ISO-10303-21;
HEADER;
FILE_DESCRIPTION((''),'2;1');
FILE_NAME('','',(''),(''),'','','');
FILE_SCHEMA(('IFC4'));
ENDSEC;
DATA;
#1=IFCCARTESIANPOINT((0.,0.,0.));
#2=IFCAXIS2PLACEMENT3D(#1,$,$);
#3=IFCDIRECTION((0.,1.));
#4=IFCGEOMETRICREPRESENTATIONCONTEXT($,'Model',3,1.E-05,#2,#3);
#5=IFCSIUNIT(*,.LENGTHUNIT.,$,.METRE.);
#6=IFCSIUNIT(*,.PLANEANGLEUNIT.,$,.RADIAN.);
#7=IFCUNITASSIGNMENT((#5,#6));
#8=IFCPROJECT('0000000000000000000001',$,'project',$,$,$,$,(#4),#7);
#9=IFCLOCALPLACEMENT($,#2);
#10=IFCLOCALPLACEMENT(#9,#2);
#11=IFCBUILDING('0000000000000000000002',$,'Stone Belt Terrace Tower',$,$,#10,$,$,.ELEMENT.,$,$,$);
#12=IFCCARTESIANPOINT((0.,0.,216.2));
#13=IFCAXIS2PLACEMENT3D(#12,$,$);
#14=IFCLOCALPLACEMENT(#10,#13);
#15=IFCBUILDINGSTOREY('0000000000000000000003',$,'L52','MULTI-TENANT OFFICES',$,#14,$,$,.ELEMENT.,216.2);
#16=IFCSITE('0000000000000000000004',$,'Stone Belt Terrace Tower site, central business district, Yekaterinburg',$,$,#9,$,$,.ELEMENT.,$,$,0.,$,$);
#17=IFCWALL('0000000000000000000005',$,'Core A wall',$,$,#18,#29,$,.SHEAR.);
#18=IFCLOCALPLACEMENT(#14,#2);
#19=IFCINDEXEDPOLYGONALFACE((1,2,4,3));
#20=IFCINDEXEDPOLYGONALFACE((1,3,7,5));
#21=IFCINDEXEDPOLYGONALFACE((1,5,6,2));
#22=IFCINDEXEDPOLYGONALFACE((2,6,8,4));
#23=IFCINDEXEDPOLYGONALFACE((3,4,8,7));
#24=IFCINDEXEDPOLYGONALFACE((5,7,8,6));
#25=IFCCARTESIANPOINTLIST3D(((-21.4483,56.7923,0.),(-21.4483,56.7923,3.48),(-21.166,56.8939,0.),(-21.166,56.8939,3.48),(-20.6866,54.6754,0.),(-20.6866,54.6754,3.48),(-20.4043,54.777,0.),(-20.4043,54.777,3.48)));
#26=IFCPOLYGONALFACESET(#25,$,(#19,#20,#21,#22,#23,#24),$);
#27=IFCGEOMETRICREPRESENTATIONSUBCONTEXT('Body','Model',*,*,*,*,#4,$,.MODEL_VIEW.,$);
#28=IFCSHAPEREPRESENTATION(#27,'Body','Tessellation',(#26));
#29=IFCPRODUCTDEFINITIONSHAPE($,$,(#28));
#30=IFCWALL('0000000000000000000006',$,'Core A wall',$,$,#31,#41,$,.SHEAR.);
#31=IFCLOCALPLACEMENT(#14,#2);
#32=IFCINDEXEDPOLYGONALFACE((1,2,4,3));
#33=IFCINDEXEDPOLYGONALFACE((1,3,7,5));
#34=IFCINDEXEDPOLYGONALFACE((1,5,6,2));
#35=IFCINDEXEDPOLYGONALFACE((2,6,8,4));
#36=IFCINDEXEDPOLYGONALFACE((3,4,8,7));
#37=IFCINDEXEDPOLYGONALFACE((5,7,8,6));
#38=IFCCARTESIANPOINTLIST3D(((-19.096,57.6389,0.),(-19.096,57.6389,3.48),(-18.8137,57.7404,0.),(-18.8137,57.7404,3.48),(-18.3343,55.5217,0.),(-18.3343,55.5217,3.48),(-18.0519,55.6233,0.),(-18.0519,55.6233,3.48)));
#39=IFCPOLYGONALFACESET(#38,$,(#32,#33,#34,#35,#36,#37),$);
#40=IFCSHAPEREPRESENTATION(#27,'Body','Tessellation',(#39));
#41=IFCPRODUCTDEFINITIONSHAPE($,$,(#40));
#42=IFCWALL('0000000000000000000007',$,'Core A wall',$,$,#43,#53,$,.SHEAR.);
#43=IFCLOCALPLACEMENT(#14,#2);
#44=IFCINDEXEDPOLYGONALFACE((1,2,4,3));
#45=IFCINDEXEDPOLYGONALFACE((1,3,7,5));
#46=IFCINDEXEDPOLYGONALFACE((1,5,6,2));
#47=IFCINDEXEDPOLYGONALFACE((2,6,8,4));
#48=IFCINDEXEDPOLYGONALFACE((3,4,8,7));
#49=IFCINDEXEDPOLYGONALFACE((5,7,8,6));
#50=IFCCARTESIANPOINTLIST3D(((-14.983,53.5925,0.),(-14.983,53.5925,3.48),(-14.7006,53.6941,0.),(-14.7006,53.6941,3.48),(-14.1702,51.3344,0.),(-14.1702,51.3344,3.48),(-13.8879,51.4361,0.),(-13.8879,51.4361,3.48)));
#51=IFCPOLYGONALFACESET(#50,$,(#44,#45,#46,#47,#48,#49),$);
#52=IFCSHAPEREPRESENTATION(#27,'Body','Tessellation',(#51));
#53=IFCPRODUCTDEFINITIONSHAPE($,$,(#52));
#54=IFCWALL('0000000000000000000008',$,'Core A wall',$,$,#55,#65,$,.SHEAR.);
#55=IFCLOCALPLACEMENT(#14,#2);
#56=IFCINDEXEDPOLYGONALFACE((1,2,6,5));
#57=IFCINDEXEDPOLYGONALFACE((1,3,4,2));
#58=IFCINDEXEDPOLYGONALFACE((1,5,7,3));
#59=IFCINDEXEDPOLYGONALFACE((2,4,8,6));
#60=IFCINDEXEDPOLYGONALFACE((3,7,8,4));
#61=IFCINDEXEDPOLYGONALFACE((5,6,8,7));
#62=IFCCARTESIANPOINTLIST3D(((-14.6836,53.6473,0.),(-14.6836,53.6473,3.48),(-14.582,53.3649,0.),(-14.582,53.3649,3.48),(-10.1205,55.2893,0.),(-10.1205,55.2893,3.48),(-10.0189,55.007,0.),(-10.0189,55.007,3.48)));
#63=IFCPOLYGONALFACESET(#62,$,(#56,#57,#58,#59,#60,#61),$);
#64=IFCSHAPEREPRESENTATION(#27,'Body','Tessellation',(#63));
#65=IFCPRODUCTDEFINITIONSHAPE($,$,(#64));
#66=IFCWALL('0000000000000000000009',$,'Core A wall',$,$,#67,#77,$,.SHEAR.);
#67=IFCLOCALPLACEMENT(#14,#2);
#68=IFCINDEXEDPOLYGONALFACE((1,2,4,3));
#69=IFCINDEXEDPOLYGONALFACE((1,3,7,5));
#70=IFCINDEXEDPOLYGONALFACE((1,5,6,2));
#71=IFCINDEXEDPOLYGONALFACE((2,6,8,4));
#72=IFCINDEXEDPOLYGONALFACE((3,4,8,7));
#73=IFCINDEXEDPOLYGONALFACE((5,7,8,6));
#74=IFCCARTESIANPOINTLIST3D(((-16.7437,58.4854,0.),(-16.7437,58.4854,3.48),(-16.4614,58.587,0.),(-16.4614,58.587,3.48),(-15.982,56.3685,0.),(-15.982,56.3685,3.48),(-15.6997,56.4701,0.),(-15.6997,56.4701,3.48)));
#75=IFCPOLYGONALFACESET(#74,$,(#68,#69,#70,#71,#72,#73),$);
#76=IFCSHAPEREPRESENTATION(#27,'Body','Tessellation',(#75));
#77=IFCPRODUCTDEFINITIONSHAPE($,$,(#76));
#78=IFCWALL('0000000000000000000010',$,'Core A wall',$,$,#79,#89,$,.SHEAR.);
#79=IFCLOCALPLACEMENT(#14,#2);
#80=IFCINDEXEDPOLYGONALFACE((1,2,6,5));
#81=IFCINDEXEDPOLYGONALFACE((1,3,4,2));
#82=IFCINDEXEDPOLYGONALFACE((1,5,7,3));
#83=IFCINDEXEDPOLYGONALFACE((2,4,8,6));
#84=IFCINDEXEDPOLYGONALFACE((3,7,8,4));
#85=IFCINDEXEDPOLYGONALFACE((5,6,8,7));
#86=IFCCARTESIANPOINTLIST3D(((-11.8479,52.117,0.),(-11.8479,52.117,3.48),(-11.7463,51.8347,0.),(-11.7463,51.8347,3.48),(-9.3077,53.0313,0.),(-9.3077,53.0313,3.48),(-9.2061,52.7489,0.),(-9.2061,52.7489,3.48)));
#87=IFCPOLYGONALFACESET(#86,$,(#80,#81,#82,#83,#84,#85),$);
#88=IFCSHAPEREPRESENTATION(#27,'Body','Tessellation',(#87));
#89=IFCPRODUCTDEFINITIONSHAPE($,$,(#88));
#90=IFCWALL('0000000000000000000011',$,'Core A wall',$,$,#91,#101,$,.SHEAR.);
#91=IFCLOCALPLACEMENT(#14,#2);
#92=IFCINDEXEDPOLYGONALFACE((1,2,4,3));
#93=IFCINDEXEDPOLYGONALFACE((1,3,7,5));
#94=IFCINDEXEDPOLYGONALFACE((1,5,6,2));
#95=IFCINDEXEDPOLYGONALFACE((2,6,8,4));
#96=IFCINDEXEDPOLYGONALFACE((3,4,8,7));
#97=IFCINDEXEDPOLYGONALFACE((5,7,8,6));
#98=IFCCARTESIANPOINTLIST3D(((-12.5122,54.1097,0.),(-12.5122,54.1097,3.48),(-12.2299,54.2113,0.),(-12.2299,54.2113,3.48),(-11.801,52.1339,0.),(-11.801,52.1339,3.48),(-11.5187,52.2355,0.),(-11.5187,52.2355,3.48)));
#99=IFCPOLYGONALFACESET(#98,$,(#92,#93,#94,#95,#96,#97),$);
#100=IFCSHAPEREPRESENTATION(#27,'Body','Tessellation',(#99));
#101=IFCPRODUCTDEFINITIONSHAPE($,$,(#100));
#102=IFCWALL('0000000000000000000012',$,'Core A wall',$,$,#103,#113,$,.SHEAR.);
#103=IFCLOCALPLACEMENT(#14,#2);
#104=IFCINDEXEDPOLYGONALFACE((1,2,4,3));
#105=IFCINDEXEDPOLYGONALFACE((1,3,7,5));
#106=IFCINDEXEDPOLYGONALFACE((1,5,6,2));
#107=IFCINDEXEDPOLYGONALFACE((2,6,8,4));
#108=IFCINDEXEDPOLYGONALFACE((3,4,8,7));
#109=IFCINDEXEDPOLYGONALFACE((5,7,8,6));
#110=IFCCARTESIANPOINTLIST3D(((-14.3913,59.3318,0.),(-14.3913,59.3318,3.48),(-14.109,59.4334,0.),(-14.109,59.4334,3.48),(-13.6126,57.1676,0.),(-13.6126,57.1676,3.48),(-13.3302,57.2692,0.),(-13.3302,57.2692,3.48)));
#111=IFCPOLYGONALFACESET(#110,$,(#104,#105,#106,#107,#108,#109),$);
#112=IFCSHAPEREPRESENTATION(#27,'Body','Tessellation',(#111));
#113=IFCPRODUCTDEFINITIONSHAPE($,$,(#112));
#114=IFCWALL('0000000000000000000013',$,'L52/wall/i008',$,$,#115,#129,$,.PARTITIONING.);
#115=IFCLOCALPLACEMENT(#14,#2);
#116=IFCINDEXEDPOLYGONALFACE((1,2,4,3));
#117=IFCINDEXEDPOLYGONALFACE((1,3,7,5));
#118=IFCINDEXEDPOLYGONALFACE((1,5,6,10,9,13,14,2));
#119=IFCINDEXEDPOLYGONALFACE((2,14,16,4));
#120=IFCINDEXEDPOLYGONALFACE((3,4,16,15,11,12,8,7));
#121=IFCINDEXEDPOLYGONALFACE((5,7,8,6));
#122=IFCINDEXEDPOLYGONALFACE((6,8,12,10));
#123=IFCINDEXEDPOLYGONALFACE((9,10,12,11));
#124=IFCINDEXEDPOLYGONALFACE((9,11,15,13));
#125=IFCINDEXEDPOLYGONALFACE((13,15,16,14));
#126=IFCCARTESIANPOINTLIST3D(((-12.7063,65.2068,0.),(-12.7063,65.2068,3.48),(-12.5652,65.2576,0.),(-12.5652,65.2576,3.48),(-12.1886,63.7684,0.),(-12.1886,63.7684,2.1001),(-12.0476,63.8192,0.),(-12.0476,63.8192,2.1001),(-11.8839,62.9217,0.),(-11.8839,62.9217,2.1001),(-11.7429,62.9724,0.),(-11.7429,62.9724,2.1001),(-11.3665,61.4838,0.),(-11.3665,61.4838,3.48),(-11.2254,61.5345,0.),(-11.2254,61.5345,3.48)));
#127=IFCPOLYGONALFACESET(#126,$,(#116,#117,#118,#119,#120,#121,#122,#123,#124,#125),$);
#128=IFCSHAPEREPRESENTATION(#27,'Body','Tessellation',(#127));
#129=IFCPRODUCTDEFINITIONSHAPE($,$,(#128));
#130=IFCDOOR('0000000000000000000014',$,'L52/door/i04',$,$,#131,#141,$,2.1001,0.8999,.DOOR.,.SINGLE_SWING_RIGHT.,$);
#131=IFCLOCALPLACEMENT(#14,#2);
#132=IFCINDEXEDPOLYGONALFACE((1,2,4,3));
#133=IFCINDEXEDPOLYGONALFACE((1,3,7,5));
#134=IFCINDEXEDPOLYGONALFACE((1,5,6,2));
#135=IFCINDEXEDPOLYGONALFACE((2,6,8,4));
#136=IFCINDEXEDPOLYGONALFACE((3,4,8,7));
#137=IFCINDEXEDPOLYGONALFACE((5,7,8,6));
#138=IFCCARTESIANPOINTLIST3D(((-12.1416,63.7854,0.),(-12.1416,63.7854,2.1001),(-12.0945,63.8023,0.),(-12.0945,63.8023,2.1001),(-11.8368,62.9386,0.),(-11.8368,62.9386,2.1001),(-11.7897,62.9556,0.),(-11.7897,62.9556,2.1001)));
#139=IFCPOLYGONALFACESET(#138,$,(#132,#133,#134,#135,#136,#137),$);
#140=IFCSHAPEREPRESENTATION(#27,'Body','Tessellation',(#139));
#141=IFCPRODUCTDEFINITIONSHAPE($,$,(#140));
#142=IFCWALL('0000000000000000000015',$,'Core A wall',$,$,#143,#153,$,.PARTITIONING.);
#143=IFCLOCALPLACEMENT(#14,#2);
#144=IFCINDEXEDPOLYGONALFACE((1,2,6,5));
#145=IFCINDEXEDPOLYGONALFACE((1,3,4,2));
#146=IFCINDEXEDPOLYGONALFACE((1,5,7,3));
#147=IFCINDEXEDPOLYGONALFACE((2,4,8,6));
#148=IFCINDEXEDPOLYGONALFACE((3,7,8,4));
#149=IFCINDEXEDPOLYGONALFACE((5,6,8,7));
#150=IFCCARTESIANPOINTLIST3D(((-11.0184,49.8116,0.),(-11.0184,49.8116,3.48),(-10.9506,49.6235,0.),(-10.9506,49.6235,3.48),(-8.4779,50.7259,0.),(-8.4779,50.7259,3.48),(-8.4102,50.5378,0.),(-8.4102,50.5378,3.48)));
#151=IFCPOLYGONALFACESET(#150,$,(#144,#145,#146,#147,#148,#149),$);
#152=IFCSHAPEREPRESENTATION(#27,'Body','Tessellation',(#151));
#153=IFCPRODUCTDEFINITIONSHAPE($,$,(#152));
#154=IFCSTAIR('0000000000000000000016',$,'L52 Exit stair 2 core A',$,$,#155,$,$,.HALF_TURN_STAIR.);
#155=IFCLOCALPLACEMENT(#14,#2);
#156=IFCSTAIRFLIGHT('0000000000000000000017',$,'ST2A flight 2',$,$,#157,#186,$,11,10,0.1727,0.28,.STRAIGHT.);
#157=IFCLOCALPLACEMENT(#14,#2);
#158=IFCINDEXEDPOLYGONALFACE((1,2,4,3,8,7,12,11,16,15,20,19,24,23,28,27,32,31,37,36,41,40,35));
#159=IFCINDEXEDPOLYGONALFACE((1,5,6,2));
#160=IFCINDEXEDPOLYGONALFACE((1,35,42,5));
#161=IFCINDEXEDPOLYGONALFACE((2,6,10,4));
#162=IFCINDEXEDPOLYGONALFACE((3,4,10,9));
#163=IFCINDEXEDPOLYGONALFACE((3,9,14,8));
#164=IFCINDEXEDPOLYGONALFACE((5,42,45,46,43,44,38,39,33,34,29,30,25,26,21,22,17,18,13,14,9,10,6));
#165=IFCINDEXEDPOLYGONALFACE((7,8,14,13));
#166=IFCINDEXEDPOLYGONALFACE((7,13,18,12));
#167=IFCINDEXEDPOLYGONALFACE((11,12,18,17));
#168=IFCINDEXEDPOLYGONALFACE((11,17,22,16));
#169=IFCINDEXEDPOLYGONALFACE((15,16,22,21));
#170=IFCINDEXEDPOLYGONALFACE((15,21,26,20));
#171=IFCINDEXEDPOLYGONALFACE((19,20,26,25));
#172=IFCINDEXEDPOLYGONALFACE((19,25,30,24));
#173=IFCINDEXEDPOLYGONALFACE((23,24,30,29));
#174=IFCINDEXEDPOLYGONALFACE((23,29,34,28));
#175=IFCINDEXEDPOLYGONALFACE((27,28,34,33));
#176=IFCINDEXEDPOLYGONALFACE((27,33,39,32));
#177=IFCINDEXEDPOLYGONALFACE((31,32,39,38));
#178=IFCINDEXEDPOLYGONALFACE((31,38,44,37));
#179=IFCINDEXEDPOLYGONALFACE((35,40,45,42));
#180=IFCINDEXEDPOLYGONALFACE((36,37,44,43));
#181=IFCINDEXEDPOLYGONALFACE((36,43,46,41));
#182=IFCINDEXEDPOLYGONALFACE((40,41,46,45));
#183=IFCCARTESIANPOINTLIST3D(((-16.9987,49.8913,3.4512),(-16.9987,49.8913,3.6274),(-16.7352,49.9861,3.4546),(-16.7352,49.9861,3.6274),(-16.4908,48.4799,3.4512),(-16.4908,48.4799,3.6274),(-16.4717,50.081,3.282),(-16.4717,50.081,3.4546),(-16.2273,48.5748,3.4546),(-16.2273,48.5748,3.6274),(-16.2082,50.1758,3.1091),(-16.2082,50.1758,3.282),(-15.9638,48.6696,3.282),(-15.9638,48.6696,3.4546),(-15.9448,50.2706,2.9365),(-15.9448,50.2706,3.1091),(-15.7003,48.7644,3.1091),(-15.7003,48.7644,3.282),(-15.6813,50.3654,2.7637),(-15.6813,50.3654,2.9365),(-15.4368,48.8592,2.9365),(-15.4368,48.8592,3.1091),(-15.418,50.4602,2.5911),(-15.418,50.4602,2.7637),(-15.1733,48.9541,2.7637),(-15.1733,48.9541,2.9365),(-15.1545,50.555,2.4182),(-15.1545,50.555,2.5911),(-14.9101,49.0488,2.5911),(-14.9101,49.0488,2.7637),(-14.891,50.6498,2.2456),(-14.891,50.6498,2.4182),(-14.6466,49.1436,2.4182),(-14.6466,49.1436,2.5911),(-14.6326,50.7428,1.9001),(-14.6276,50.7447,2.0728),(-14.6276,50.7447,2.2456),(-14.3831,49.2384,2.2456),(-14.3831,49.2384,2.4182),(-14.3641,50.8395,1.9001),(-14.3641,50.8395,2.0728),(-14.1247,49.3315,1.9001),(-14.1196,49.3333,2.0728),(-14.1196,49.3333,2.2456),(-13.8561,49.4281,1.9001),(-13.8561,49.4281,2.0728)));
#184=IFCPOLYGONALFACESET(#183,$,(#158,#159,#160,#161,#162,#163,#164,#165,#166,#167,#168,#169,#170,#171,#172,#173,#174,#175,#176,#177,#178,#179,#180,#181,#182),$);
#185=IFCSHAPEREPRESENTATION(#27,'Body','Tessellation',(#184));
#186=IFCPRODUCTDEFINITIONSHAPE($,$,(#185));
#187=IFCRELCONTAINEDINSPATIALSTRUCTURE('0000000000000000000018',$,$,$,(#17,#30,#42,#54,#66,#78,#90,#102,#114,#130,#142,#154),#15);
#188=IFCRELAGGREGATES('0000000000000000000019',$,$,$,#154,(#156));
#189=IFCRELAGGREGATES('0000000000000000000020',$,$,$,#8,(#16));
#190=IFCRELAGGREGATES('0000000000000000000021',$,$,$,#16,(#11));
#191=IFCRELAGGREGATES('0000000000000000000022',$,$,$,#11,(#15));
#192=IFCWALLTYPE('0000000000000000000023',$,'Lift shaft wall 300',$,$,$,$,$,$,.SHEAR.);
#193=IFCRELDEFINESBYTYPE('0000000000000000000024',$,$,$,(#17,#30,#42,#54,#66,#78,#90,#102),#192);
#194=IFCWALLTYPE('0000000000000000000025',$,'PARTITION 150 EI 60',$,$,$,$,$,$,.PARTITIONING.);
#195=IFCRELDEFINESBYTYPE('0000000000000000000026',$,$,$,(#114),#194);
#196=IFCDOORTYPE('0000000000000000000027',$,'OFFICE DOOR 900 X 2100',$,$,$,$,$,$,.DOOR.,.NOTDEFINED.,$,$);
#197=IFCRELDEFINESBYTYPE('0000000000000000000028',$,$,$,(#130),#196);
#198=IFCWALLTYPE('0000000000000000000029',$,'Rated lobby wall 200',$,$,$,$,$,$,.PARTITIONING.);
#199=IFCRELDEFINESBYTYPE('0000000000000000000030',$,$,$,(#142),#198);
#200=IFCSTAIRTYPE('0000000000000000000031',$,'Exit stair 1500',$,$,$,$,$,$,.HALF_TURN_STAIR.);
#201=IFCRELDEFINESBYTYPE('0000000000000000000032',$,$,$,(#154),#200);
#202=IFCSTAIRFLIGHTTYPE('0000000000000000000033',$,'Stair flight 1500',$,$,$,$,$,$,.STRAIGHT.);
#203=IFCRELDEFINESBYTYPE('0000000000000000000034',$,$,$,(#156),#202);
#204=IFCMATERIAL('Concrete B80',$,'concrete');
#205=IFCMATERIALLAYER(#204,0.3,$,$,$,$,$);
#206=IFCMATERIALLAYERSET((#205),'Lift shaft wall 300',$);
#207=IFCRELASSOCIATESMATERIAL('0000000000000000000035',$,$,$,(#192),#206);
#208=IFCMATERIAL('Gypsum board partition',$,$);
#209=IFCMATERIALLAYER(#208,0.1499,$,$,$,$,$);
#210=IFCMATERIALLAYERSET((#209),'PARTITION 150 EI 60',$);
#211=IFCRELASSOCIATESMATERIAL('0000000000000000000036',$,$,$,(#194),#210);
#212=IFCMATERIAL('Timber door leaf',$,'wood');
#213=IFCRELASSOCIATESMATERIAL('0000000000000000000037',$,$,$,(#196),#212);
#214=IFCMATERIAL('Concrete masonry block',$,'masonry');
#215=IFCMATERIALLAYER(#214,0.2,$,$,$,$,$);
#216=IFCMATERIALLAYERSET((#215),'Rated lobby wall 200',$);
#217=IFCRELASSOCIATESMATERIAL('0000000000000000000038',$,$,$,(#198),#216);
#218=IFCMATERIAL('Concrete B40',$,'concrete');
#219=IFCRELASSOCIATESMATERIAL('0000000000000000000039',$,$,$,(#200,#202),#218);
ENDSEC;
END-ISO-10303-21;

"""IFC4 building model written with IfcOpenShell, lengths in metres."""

from ifc_helpers import new_model, si_unit, direction, frame, frame_2d, origin, place, context, subcontext, project, spatial, polyline, rectangle, outline, extrude, material, layer, layer_set, type_object, element, fill, aggregate, save


model = new_model("IFC4")

# Units and contexts
model_context = context("Model", 3, precision=1e-05, world=origin(), true_north=direction((0.0, 1.0)))
body_context = subcontext(model_context, "Body", "Model", "MODEL_VIEW")
ifc_project = project(units=[si_unit("LENGTHUNIT", "METRE"), si_unit("PLANEANGLEUNIT", "RADIAN")], contexts=[model_context])

# Site, building, storey
site_placement = place(None, origin())
site = spatial("IfcSite", under=ifc_project, at=site_placement, Name="Stone Belt Terrace Tower site, central business district, Yekaterinburg", CompositionType="ELEMENT", RefElevation=0.0)
building_placement = place(site_placement, origin())
building = spatial("IfcBuilding", under=site, at=building_placement, Name="Stone Belt Terrace Tower", CompositionType="ELEMENT")
storey_placement = place(building_placement, frame((0.0, 0.0, 216.2)))
storey = spatial("IfcBuildingStorey", under=building, at=storey_placement, Name="L52", Description="MULTI-TENANT OFFICES", CompositionType="ELEMENT", Elevation=216.2)

# Shared definitions
ifc_material_1 = material(Name="Timber door leaf", Category="wood")

# Walls
ifc_material_2 = material(Name="Concrete B80", Category="concrete")
ifc_layer_1 = layer(ifc_material_2, 0.3)
ifc_layer_set_1 = layer_set([ifc_layer_1], Name="Lift shaft wall 300")
wall_type_1 = type_object("IfcWallType", Name="Lift shaft wall 300", PredefinedType="SHEAR", material=ifc_layer_set_1)
wall_1_placement = place(storey_placement, frame((-20.5454, 54.7261, 0.0), z_axis=(0.0, 0.0, 1.0), x_axis=(-0.33857, 0.940941, 0.0)))
element("IfcWall", 1, at=wall_1_placement, inside=storey, type_object=wall_type_1, Name="Core A wall", PredefinedType="SHEAR", context=body_context, shape_type="SweptSolid", body=[
    extrude(rectangle(XDim=2.2498, YDim=0.3, at=frame_2d((1.125, 0.0))), origin(), (0.0, 0.0, 1.0), 3.48),
])
wall_2_placement = place(storey_placement, frame((-18.1931, 55.5725, 0.0), z_axis=(0.0, 0.0, 1.0), x_axis=(-0.338535, 0.940954, 0.0)))
element("IfcWall", 2, at=wall_2_placement, inside=storey, type_object=wall_type_1, Name="Core A wall", PredefinedType="SHEAR", context=body_context, shape_type="SweptSolid", body=[
    extrude(rectangle(XDim=2.25, YDim=0.3, at=frame_2d((1.125, 0.0))), origin(), (0.0, 0.0, 1.0), 3.48),
])
wall_3_placement = place(storey_placement, frame((-14.0291, 51.3853, 0.0), z_axis=(0.0, 0.0, 1.0), x_axis=(-0.338662, 0.940908, 0.0)))
element("IfcWall", 3, at=wall_3_placement, inside=storey, type_object=wall_type_1, Name="Core A wall", PredefinedType="SHEAR", context=body_context, shape_type="SweptSolid", body=[
    extrude(rectangle(XDim=2.3999, YDim=0.3, at=frame_2d((1.2, 0.0))), origin(), (0.0, 0.0, 1.0), 3.48),
])
wall_4_placement = place(storey_placement, frame((-14.6328, 53.5061, 0.0), z_axis=(0.0, 0.0, 1.0), x_axis=(0.940932, 0.338596, 0.0)))
element("IfcWall", 4, at=wall_4_placement, inside=storey, type_object=wall_type_1, Name="Core A wall", PredefinedType="SHEAR", context=body_context, shape_type="SweptSolid", body=[
    extrude(rectangle(XDim=4.8496, YDim=0.3, at=frame_2d((2.4248, 0.0))), origin(), (0.0, 0.0, 1.0), 3.48),
])
wall_5_placement = place(storey_placement, frame((-15.8408, 56.4192, 0.0), z_axis=(0.0, 0.0, 1.0), x_axis=(-0.33857, 0.940941, 0.0)))
element("IfcWall", 5, at=wall_5_placement, inside=storey, type_object=wall_type_1, Name="Core A wall", PredefinedType="SHEAR", context=body_context, shape_type="SweptSolid", body=[
    extrude(rectangle(XDim=2.2498, YDim=0.3, at=frame_2d((1.125, 0.0))), origin(), (0.0, 0.0, 1.0), 3.48),
])
wall_6_placement = place(storey_placement, frame((-11.7971, 51.9758, 0.0), z_axis=(0.0, 0.0, 1.0), x_axis=(0.94091, 0.338655, 0.0)))
element("IfcWall", 6, at=wall_6_placement, inside=storey, type_object=wall_type_1, Name="Core A wall", PredefinedType="SHEAR", context=body_context, shape_type="SweptSolid", body=[
    extrude(rectangle(XDim=2.6997, YDim=0.3, at=frame_2d((1.3499, 0.0))), origin(), (0.0, 0.0, 1.0), 3.48),
])
wall_7_placement = place(storey_placement, frame((-11.6599, 52.1848, 0.0), z_axis=(0.0, 0.0, 1.0), x_axis=(-0.33867, 0.940905, 0.0)))
element("IfcWall", 7, at=wall_7_placement, inside=storey, type_object=wall_type_1, Name="Core A wall", PredefinedType="SHEAR", context=body_context, shape_type="SweptSolid", body=[
    extrude(rectangle(XDim=2.0999, YDim=0.3, at=frame_2d((1.0498, 0.0))), origin(), (0.0, 0.0, 1.0), 3.48),
])
wall_8_placement = place(storey_placement, frame((-13.4714, 57.2185, 0.0), z_axis=(0.0, 0.0, 1.0), x_axis=(-0.338588, 0.940935, 0.0)))
element("IfcWall", 8, at=wall_8_placement, inside=storey, type_object=wall_type_1, Name="Core A wall", PredefinedType="SHEAR", context=body_context, shape_type="SweptSolid", body=[
    extrude(rectangle(XDim=2.3, YDim=0.3, at=frame_2d((1.1499, 0.0))), origin(), (0.0, 0.0, 1.0), 3.48),
])

# Wall, opening, door
ifc_material_3 = material(Name="Gypsum board partition")
ifc_layer_2 = layer(ifc_material_3, 0.1499)
ifc_layer_set_2 = layer_set([ifc_layer_2], Name="PARTITION 150 EI 60")
wall_type_2 = type_object("IfcWallType", Name="PARTITION 150 EI 60", PredefinedType="PARTITIONING", material=ifc_layer_set_2)
wall_9_placement = place(storey_placement, frame((-11.2959, 61.509, 0.0), z_axis=(0.0, 0.0, 1.0), x_axis=(-0.33861, 0.940927, 0.0)))
wall_9 = element("IfcWall", 9, at=wall_9_placement, inside=storey, type_object=wall_type_2, Name="L52/wall/i008", PredefinedType="PARTITIONING", context=body_context, shape_type="SweptSolid", body=[
    extrude(rectangle(XDim=3.9568, YDim=0.1499, at=frame_2d((1.9785, 0.0))), origin(), (0.0, 0.0, 1.0), 3.48),
])
opening_1_placement = place(wall_9_placement, frame((1.5283, 0.0, 0.0)))
opening_1 = element("IfcOpeningElement", 10, at=opening_1_placement, cuts=wall_9, PredefinedType="OPENING", context=body_context, shape_type="SweptSolid", body=[
    extrude(rectangle(XDim=0.8999, YDim=2.1001, at=frame_2d((0.45, 1.05))), frame((0.0, 0.085, 0.0), z_axis=(0.0, -1.0, 0.0), x_axis=(1.0, 0.0, 0.0)), (0.0, 0.0, 1.0), 0.1699),
])
door_type_1 = type_object("IfcDoorType", Name="OFFICE DOOR 900 X 2100", OperationType="NOTDEFINED", PredefinedType="DOOR", material=ifc_material_1)
door_1_placement = place(opening_1_placement, origin())
door_1 = element("IfcDoor", 11, at=door_1_placement, inside=storey, type_object=door_type_1, Name="L52/door/i04", OperationType="SINGLE_SWING_RIGHT", OverallHeight=2.1001, OverallWidth=0.8999, PredefinedType="DOOR", context=body_context, shape_type="SweptSolid", body=[
    extrude(rectangle(XDim=0.8999, YDim=2.1001, at=frame_2d((0.45, 1.05))), frame((0.0, 0.0249, 0.0), z_axis=(0.0, -1.0, 0.0), x_axis=(1.0, 0.0, 0.0)), (0.0, 0.0, 1.0), 0.05),
])
fill(opening_1, door_1)

# Wall
ifc_material_4 = material(Name="Concrete masonry block", Category="masonry")
ifc_layer_3 = layer(ifc_material_4, 0.2)
ifc_layer_set_3 = layer_set([ifc_layer_3], Name="Rated lobby wall 200")
wall_type_3 = type_object("IfcWallType", Name="Rated lobby wall 200", PredefinedType="PARTITIONING", material=ifc_layer_set_3)
wall_10_placement = place(storey_placement, frame((-10.9846, 49.7175, 0.0), z_axis=(0.0, 0.0, 1.0), x_axis=(0.940921, 0.338627, 0.0)))
element("IfcWall", 12, at=wall_10_placement, inside=storey, type_object=wall_type_3, Name="Core A wall", PredefinedType="PARTITIONING", context=body_context, shape_type="SweptSolid", body=[
    extrude(rectangle(XDim=2.7, YDim=0.2, at=frame_2d((1.3501, 0.0))), origin(), (0.0, 0.0, 1.0), 3.48),
])

# Stair, stair flight
ifc_material_5 = material(Name="Concrete B40", Category="concrete")
stair_type = type_object("IfcStairType", Name="Exit stair 1500", PredefinedType="HALF_TURN_STAIR", material=ifc_material_5)
stair_placement = place(storey_placement, origin())
stair = element("IfcStair", 13, at=stair_placement, inside=storey, type_object=stair_type, Name="L52 Exit stair 2 core A", PredefinedType="HALF_TURN_STAIR")
stair_flight_type = type_object("IfcStairFlightType", Name="Stair flight 1500", PredefinedType="STRAIGHT", material=ifc_material_5)
stair_flight_placement = place(storey_placement, frame((-14.1101, 50.1338, 1.9001), z_axis=(0.0, 0.0, 1.0), x_axis=(-0.940922, -0.338624, 0.0)))
stair_flight = element("IfcStairFlight", 14, at=stair_flight_placement, type_object=stair_flight_type, Name="ST2A flight 2", NumberOfRisers=11, NumberOfTreads=10, PredefinedType="STRAIGHT", RiserHeight=0.1727, TreadLength=0.28, context=body_context, shape_type="SweptSolid", body=[
    extrude(outline(polyline([(0.0, 0.0), (0.0, 0.1726), (0.28, 0.1726), (0.28, 0.3455), (0.5601, 0.3455), (0.5601, 0.5181), (0.8401, 0.5181), (0.8401, 0.6909), (1.1201, 0.6909), (1.1201, 0.8635), (1.3999, 0.8635), (1.3999, 1.0364), (1.6799, 1.0364), (1.6799, 1.209), (1.96, 1.209), (1.96, 1.3818), (2.24, 1.3818), (2.24, 1.5544), (2.52, 1.5544), (2.52, 1.7273), (2.8, 1.7273), (2.8, 1.8999), (2.8, 1.551), (0.2854, 0.0), (0.0, 0.0)])), frame((0.0, 0.75, 0.0), z_axis=(0.0, -1.0, 0.0), x_axis=(1.0, 0.0, 0.0)), (0.0, 0.0, 1.0), 1.5),
])
aggregate(stair, [stair_flight])

save(model, "model.ifc")
